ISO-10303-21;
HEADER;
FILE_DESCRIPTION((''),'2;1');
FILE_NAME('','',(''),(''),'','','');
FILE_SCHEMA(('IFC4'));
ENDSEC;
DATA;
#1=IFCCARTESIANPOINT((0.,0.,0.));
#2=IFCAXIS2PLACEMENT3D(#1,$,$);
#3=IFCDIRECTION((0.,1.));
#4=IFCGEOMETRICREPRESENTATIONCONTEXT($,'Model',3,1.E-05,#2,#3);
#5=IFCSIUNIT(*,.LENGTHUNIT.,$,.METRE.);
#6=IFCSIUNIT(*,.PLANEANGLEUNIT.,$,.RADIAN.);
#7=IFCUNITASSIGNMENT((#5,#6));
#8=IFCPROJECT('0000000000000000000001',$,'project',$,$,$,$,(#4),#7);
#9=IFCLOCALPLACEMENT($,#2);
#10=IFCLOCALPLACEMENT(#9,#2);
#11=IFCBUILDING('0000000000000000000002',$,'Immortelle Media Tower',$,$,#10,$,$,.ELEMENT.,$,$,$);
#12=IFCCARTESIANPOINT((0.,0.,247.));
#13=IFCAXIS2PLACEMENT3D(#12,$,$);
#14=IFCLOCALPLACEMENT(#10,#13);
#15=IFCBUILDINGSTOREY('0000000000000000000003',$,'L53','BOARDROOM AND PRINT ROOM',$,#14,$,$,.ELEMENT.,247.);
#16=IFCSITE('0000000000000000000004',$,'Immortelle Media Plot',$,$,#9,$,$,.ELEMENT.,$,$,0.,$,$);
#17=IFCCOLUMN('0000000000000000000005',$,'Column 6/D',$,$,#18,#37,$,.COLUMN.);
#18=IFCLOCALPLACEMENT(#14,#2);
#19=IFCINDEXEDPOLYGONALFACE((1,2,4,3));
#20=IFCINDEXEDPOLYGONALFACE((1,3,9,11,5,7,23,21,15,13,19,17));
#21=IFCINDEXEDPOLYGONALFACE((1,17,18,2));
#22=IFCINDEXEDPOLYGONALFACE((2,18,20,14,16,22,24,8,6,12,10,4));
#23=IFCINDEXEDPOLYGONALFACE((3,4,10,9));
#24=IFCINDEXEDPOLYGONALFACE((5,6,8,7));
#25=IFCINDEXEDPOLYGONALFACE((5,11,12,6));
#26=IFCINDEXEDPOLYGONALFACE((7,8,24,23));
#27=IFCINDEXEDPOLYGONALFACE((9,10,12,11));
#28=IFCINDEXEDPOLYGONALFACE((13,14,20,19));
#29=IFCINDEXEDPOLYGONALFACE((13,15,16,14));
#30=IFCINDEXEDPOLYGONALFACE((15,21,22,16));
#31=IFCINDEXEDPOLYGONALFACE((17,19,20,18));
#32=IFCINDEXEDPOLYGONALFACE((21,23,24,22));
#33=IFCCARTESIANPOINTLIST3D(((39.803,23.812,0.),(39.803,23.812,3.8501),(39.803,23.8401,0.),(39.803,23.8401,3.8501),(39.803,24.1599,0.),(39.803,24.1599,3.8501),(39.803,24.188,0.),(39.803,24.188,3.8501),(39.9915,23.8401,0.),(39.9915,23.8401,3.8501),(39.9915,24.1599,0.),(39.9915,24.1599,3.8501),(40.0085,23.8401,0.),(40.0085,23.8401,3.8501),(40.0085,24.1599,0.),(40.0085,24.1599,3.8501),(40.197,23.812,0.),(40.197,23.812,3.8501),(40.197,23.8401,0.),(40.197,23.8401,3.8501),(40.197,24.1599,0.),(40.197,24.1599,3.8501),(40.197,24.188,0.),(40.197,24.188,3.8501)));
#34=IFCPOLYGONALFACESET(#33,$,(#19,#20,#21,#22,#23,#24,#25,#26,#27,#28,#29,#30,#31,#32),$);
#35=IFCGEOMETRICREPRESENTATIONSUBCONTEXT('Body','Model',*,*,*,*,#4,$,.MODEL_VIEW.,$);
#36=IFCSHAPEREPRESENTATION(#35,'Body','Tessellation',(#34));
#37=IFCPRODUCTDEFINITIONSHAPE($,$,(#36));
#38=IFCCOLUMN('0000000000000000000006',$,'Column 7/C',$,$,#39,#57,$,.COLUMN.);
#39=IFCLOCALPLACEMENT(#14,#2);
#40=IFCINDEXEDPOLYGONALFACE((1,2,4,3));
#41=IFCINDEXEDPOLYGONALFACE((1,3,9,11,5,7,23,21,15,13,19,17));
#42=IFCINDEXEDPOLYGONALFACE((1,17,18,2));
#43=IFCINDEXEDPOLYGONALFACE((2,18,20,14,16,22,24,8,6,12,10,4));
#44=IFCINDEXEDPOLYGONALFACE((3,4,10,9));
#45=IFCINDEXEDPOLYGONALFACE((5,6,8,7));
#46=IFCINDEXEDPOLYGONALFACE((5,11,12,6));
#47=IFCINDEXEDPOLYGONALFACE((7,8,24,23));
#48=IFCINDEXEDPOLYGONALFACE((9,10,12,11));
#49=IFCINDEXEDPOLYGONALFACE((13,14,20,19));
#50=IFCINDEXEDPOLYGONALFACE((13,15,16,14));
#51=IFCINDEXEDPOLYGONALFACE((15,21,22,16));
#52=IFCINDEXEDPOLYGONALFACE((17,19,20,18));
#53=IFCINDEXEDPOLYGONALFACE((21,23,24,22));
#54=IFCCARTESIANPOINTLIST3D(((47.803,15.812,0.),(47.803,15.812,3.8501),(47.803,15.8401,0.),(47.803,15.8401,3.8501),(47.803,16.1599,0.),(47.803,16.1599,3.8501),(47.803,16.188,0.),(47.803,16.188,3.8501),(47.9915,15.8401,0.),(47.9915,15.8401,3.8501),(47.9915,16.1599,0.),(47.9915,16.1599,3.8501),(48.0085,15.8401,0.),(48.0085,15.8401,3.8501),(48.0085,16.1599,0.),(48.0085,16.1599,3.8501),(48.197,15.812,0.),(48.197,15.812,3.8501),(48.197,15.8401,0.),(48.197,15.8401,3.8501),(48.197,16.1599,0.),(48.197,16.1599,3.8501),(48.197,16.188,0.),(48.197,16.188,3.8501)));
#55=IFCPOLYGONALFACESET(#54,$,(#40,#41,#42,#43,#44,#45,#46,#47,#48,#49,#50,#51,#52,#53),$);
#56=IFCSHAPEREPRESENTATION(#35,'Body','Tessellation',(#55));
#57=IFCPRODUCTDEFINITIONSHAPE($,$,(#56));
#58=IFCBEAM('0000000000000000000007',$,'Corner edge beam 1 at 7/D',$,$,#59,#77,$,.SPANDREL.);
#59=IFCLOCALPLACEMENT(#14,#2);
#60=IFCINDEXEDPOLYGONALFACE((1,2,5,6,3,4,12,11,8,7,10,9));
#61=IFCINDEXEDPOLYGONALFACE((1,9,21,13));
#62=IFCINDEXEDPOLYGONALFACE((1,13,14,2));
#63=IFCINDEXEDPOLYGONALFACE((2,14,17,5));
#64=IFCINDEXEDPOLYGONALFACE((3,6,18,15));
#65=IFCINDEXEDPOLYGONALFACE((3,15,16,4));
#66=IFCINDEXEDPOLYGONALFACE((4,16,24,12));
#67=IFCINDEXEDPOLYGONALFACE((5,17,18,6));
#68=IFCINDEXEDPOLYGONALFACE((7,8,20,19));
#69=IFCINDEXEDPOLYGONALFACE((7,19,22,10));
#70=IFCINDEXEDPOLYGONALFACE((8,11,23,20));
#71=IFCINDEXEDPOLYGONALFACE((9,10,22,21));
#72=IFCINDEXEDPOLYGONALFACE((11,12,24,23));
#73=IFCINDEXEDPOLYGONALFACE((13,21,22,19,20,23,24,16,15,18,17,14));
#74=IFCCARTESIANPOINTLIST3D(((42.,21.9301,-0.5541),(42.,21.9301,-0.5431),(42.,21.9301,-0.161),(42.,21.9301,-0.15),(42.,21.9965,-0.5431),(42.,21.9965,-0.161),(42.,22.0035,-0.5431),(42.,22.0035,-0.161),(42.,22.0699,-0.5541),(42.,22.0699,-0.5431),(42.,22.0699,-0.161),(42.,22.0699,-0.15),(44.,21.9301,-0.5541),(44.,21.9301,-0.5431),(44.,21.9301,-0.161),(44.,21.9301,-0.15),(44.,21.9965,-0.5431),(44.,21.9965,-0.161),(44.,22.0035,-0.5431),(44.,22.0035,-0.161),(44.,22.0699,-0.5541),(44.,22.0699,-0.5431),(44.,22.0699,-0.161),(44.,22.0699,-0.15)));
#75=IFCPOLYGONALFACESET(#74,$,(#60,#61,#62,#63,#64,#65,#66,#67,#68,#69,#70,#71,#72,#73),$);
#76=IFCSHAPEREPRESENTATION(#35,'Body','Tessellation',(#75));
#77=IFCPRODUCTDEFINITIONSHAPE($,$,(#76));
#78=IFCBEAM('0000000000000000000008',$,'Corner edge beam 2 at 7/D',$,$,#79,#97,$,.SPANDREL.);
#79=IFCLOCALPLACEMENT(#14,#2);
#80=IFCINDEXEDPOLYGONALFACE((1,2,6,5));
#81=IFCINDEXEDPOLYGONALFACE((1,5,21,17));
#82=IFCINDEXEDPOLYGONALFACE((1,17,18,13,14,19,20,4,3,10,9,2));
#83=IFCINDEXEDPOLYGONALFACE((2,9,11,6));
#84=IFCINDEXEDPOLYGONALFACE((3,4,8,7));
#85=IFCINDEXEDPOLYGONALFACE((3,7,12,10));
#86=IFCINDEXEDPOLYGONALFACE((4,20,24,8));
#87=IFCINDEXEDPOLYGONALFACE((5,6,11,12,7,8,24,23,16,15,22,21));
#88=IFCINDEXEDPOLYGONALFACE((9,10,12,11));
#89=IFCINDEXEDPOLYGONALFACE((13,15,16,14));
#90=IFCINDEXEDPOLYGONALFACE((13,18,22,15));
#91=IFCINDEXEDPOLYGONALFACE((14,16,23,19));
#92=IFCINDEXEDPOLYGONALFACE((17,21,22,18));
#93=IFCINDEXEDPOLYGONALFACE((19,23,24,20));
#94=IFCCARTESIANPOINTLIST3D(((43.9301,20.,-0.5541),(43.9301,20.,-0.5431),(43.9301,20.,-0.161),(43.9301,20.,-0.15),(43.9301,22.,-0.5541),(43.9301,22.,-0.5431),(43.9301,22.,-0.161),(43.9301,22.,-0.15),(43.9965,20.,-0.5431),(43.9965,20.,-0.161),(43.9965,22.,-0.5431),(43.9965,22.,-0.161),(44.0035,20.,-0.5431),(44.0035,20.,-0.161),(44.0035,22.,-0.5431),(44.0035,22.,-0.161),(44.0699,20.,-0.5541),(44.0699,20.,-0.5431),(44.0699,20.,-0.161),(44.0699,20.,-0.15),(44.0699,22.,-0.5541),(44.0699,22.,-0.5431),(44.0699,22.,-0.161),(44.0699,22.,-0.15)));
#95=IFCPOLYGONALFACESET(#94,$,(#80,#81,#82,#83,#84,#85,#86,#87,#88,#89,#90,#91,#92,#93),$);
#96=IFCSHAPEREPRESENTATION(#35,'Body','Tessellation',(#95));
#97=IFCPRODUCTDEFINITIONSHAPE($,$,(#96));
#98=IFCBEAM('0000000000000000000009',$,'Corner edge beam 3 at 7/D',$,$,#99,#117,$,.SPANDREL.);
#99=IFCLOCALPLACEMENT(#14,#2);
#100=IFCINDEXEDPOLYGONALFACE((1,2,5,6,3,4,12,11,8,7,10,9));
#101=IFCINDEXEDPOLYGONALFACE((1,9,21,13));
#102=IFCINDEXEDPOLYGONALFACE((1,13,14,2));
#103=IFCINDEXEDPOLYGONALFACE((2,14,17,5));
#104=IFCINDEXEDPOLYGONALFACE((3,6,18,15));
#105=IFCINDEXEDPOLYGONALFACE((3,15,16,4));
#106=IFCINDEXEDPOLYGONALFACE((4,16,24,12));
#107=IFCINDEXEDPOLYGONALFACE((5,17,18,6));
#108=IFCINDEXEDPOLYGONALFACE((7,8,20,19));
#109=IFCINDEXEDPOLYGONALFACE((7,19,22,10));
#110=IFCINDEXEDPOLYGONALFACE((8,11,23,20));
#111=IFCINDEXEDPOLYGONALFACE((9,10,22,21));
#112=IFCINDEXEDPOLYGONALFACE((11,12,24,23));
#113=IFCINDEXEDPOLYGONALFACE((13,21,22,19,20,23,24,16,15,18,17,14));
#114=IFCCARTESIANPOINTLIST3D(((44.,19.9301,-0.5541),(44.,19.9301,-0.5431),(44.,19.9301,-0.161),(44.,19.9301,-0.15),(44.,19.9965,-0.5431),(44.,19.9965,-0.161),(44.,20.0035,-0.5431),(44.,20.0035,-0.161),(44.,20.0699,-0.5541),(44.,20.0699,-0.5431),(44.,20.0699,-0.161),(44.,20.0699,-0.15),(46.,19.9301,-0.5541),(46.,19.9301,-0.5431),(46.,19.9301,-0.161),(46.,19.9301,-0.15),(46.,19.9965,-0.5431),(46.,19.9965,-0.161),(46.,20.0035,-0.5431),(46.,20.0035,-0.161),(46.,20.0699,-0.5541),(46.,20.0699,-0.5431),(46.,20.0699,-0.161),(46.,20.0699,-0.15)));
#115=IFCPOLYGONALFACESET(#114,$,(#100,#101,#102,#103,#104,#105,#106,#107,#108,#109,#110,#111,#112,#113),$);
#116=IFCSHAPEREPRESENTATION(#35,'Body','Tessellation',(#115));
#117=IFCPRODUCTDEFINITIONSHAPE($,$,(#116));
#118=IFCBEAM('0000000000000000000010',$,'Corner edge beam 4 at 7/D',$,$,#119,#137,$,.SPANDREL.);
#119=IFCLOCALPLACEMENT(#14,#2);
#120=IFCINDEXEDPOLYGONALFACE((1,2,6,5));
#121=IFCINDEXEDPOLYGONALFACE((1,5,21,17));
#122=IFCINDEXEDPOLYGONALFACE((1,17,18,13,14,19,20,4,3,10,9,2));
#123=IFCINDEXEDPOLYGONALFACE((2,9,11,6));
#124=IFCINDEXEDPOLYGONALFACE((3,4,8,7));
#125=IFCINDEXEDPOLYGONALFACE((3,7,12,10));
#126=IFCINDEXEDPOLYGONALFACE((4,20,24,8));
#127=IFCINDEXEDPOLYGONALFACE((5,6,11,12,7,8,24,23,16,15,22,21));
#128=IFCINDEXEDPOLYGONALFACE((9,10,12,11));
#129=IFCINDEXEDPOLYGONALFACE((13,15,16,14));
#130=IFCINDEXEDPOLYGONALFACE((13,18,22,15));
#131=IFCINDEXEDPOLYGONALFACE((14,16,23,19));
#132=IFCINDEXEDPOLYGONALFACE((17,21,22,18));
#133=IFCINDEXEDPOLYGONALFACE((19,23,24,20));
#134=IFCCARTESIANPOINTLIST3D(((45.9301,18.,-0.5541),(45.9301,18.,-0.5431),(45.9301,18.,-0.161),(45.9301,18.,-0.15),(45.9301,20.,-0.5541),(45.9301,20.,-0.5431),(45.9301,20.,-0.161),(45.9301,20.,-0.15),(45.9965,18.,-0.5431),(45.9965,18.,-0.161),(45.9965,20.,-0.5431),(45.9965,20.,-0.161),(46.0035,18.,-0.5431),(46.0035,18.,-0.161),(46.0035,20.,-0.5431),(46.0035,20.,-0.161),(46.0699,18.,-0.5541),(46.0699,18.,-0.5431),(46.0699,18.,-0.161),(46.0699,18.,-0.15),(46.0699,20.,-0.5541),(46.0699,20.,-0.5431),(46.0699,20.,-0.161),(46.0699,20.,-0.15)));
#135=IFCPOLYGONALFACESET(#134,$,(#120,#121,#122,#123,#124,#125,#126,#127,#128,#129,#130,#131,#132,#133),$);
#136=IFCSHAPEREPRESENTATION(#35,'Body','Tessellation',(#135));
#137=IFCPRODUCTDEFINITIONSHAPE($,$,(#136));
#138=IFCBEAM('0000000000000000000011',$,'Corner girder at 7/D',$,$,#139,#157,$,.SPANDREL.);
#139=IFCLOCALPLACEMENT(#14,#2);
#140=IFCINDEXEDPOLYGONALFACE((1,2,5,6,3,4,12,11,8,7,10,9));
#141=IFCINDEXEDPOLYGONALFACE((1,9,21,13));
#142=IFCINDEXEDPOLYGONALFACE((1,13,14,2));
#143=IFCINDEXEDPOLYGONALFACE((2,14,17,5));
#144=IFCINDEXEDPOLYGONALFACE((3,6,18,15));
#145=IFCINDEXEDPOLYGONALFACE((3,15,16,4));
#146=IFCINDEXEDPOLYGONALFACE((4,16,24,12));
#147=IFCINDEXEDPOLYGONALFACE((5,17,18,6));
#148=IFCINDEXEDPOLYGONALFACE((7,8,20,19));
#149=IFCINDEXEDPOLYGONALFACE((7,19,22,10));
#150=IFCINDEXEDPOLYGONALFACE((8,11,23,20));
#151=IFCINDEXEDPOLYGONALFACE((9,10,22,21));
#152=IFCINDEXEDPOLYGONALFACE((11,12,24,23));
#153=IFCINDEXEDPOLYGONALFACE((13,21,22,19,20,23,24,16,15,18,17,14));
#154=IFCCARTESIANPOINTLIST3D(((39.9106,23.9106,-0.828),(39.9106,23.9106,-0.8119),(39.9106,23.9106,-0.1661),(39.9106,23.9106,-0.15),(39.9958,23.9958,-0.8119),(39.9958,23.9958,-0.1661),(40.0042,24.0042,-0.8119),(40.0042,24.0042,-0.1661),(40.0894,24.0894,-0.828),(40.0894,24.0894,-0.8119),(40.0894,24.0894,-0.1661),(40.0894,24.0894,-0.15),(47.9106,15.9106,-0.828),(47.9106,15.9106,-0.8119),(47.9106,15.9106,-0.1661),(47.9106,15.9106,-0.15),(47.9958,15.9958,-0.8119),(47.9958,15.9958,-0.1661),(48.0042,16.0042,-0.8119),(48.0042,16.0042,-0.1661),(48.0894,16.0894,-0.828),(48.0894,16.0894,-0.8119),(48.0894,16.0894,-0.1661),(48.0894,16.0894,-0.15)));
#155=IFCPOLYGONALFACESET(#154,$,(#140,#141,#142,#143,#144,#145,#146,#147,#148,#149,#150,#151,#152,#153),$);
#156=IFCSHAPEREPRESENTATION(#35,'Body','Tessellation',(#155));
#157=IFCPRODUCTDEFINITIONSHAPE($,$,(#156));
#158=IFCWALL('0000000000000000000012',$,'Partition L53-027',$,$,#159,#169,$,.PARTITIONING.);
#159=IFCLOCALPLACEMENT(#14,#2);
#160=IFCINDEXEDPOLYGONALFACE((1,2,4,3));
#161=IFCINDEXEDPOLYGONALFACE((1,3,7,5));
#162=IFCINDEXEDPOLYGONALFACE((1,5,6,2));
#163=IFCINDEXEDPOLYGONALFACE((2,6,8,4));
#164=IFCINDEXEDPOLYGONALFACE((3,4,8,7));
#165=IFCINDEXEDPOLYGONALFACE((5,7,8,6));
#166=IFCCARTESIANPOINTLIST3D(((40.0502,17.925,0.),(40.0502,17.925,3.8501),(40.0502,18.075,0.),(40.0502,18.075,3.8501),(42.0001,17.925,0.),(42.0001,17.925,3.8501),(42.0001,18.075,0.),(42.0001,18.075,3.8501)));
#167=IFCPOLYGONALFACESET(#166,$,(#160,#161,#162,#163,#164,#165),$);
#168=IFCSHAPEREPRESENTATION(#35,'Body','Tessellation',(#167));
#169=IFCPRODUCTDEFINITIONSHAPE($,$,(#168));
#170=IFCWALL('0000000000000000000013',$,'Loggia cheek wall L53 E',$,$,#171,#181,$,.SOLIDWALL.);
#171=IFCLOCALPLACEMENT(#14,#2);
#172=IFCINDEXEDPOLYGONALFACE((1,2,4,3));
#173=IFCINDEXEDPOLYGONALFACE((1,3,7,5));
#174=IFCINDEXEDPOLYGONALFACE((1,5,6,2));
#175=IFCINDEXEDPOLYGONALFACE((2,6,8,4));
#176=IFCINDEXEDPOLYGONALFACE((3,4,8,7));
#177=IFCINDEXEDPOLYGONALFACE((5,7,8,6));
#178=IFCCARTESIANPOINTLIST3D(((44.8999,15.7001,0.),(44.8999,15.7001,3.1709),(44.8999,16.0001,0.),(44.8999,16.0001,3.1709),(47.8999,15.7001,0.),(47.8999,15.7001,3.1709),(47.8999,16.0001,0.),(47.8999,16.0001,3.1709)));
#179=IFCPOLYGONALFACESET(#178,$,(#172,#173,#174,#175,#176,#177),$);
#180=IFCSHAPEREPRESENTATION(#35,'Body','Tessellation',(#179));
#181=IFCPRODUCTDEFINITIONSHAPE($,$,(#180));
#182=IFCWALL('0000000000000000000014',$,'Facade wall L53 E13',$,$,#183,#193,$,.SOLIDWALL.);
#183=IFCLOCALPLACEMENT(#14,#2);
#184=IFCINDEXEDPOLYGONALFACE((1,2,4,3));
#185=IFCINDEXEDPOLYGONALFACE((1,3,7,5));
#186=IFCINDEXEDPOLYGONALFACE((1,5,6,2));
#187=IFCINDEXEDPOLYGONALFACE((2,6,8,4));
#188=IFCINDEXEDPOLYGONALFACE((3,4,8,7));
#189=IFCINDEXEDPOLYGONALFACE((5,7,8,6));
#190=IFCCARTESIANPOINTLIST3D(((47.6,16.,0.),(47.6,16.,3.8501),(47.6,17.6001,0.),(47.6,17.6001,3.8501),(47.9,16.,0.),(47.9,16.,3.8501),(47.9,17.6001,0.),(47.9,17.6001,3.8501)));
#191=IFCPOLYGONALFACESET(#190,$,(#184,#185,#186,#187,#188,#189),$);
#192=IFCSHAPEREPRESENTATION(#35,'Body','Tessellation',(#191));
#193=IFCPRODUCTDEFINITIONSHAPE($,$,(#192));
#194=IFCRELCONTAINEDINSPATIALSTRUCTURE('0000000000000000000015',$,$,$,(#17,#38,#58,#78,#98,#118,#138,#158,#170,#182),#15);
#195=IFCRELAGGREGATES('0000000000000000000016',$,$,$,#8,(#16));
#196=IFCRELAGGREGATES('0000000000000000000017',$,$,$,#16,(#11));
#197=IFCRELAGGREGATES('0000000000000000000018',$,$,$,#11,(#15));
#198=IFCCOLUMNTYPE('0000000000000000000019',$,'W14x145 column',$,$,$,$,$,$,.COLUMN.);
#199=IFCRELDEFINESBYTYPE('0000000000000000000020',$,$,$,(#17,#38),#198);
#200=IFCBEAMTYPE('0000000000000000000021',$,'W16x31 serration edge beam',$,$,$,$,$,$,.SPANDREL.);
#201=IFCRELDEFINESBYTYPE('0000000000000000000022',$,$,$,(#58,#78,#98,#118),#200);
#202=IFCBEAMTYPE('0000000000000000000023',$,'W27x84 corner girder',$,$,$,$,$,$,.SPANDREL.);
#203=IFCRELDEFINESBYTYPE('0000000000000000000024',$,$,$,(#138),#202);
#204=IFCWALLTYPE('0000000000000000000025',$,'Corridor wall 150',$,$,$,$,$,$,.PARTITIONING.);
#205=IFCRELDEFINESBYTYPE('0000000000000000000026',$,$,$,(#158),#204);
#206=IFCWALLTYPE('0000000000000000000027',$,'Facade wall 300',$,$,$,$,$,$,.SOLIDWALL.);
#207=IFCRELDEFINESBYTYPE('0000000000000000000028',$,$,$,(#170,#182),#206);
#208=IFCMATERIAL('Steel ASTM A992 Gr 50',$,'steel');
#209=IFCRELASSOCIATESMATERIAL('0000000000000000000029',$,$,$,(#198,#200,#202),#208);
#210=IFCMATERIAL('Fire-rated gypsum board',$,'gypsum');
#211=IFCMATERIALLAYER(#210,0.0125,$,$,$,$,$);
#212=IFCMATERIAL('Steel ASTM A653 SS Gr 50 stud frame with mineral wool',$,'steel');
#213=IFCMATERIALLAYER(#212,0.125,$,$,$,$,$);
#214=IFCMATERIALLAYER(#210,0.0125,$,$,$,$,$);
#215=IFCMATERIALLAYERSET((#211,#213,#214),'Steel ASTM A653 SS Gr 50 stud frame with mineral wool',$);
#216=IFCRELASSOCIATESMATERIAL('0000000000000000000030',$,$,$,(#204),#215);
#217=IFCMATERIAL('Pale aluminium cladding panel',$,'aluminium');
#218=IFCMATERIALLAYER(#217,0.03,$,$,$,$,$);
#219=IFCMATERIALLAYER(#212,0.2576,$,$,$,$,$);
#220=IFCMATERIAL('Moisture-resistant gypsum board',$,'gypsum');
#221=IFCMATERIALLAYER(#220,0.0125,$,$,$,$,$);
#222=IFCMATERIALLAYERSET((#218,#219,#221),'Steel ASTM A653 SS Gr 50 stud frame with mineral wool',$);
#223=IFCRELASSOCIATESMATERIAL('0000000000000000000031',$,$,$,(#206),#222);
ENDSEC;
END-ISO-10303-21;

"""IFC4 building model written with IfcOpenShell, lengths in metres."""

from ifc_helpers import new_model, si_unit, direction, frame, frame_2d, origin, origin_2d, place, context, subcontext, project, spatial, rectangle, i_section, extrude, material, layer, layer_set, material_profile, profile_set, type_object, element, save


model = new_model("IFC4")

# Units and contexts
model_context = context("Model", 3, precision=1e-05, world=origin(), true_north=direction((0.0, 1.0)))
body_context = subcontext(model_context, "Body", "Model", "MODEL_VIEW")
ifc_project = project(units=[si_unit("LENGTHUNIT", "METRE"), si_unit("PLANEANGLEUNIT", "RADIAN")], contexts=[model_context])

# Site, building, storey
site_placement = place(None, origin())
site = spatial("IfcSite", under=ifc_project, at=site_placement, Name="Immortelle Media Plot", CompositionType="ELEMENT", RefElevation=0.0)
building_placement = place(site_placement, origin())
building = spatial("IfcBuilding", under=site, at=building_placement, Name="Immortelle Media Tower", CompositionType="ELEMENT")
storey_placement = place(building_placement, frame((0.0, 0.0, 247.0)))
storey = spatial("IfcBuildingStorey", under=building, at=storey_placement, Name="L53", Description="BOARDROOM AND PRINT ROOM", CompositionType="ELEMENT", Elevation=247.0)

# Columns
ifc_material_1 = material(Name="Steel ASTM A992 Gr 50", Category="steel")
ifc_material_profile_1 = material_profile(ifc_material_1, i_section(OverallWidth=0.394, OverallDepth=0.376, WebThickness=0.0171, FlangeThickness=0.0281, at=origin_2d()), Name="W14x145")
ifc_profile_set_1 = profile_set([ifc_material_profile_1], Name="Steel ASTM A992 Gr 50")
column_type = type_object("IfcColumnType", Name="W14x145 column", PredefinedType="COLUMN", material=ifc_profile_set_1)
for number, where, z_axis, x_axis, name in (
    (1, (40.0, 24.0, 0.0), (0.0, 0.0, 1.0), (1.0, 0.0, 0.0), "Column 6/D"),
    (2, (48.0, 16.0, 0.0), (0.0, 0.0, 1.0), (1.0, 0.0, 0.0), "Column 7/C"),
):
    element("IfcColumn", number, at=place(storey_placement, frame(where, z_axis=z_axis, x_axis=x_axis)), inside=storey, type_object=column_type, Name=name, PredefinedType="COLUMN", context=body_context, shape_type="SweptSolid", body=[
        extrude(i_section(OverallWidth=0.394, OverallDepth=0.376, WebThickness=0.0171, FlangeThickness=0.0281, at=origin_2d()), origin(), (0.0, 0.0, 1.0), 3.8501),
    ])

# Beams
ifc_material_profile_2 = material_profile(ifc_material_1, i_section(OverallWidth=0.1399, OverallDepth=0.4041, WebThickness=0.0071, FlangeThickness=0.011, at=origin_2d()), Name="W16x31")
ifc_profile_set_2 = profile_set([ifc_material_profile_2], Name="Steel ASTM A992 Gr 50")
beam_type_1 = type_object("IfcBeamType", Name="W16x31 serration edge beam", PredefinedType="SPANDREL", material=ifc_profile_set_2)
for number, where, z_axis, x_axis, name in (
    (3, (42.0, 22.0, -0.3521), (1.0, 0.0, 0.0), (0.0, 1.0, 0.0), "Corner edge beam 1 at 7/D"),
    (4, (44.0, 22.0, -0.3521), (0.0, -1.0, 0.0), (1.0, 0.0, 0.0), "Corner edge beam 2 at 7/D"),
    (5, (44.0, 20.0, -0.3521), (1.0, 0.0, 0.0), (0.0, 1.0, 0.0), "Corner edge beam 3 at 7/D"),
    (6, (46.0, 20.0, -0.3521), (0.0, -1.0, 0.0), (1.0, 0.0, 0.0), "Corner edge beam 4 at 7/D"),
):
    element("IfcBeam", number, at=place(storey_placement, frame(where, z_axis=z_axis, x_axis=x_axis)), inside=storey, type_object=beam_type_1, Name=name, PredefinedType="SPANDREL", context=body_context, shape_type="SweptSolid", body=[
        extrude(i_section(OverallWidth=0.1399, OverallDepth=0.4041, WebThickness=0.0071, FlangeThickness=0.011, at=origin_2d()), origin(), (0.0, 0.0, 1.0), 2.0),
    ])
ifc_material_profile_3 = material_profile(ifc_material_1, i_section(OverallWidth=0.2529, OverallDepth=0.678, WebThickness=0.012, FlangeThickness=0.0161, at=origin_2d()), Name="W27x84")
ifc_profile_set_3 = profile_set([ifc_material_profile_3], Name="Steel ASTM A992 Gr 50")
beam_type_2 = type_object("IfcBeamType", Name="W27x84 corner girder", PredefinedType="SPANDREL", material=ifc_profile_set_3)
beam_placement = place(storey_placement, frame((40.0, 24.0, -0.489), z_axis=(0.707107, -0.707107, 0.0), x_axis=(0.707107, 0.707107, 0.0)))
element("IfcBeam", 7, at=beam_placement, inside=storey, type_object=beam_type_2, Name="Corner girder at 7/D", PredefinedType="SPANDREL", context=body_context, shape_type="SweptSolid", body=[
    extrude(i_section(OverallWidth=0.2529, OverallDepth=0.678, WebThickness=0.012, FlangeThickness=0.0161, at=origin_2d()), origin(), (0.0, 0.0, 1.0), 11.3137),
])

# Walls
ifc_material_2 = material(Name="Fire-rated gypsum board", Category="gypsum")
ifc_layer_1 = layer(ifc_material_2, 0.0125)
ifc_material_3 = material(Name="Steel ASTM A653 SS Gr 50 stud frame with mineral wool", Category="steel")
ifc_layer_2 = layer(ifc_material_3, 0.125)
ifc_layer_3 = layer(ifc_material_2, 0.0125)
ifc_layer_set_1 = layer_set([ifc_layer_1, ifc_layer_2, ifc_layer_3], Name="Steel ASTM A653 SS Gr 50 stud frame with mineral wool")
wall_type_1 = type_object("IfcWallType", Name="Corridor wall 150", PredefinedType="PARTITIONING", material=ifc_layer_set_1)
wall_1_placement = place(storey_placement, frame((40.05, 18.0, 0.0), z_axis=(0.0, 0.0, 1.0), x_axis=(1.0, 0.0, 0.0)))
element("IfcWall", 8, at=wall_1_placement, inside=storey, type_object=wall_type_1, Name="Partition L53-027", PredefinedType="PARTITIONING", context=body_context, shape_type="SweptSolid", body=[
    extrude(rectangle(XDim=1.95, YDim=0.1499, at=frame_2d((0.9751, 0.0))), origin(), (0.0, 0.0, 1.0), 3.8501),
])
ifc_material_4 = material(Name="Pale aluminium cladding panel", Category="aluminium")
ifc_layer_4 = layer(ifc_material_4, 0.03)
ifc_layer_5 = layer(ifc_material_3, 0.2576)
ifc_material_5 = material(Name="Moisture-resistant gypsum board", Category="gypsum")
ifc_layer_6 = layer(ifc_material_5, 0.0125)
ifc_layer_set_2 = layer_set([ifc_layer_4, ifc_layer_5, ifc_layer_6], Name="Steel ASTM A653 SS Gr 50 stud frame with mineral wool")
wall_type_2 = type_object("IfcWallType", Name="Facade wall 300", PredefinedType="SOLIDWALL", material=ifc_layer_set_2)
wall_2_placement = place(storey_placement, frame((47.8999, 15.8501, 0.0), z_axis=(0.0, 0.0, 1.0), x_axis=(-1.0, 0.0, 0.0)))
element("IfcWall", 9, at=wall_2_placement, inside=storey, type_object=wall_type_2, Name="Loggia cheek wall L53 E", PredefinedType="SOLIDWALL", context=body_context, shape_type="SweptSolid", body=[
    extrude(rectangle(XDim=3.0, YDim=0.3, at=frame_2d((1.5, 0.0))), origin(), (0.0, 0.0, 1.0), 3.1709),
])
wall_3_placement = place(storey_placement, frame((47.75, 16.0, 0.0), z_axis=(0.0, 0.0, 1.0), x_axis=(0.0, 1.0, 0.0)))
element("IfcWall", 10, at=wall_3_placement, inside=storey, type_object=wall_type_2, Name="Facade wall L53 E13", PredefinedType="SOLIDWALL", context=body_context, shape_type="SweptSolid", body=[
    extrude(rectangle(XDim=1.6001, YDim=0.3, at=frame_2d((0.8, 0.0))), origin(), (0.0, 0.0, 1.0), 3.8501),
])

save(model, "model.ifc")
